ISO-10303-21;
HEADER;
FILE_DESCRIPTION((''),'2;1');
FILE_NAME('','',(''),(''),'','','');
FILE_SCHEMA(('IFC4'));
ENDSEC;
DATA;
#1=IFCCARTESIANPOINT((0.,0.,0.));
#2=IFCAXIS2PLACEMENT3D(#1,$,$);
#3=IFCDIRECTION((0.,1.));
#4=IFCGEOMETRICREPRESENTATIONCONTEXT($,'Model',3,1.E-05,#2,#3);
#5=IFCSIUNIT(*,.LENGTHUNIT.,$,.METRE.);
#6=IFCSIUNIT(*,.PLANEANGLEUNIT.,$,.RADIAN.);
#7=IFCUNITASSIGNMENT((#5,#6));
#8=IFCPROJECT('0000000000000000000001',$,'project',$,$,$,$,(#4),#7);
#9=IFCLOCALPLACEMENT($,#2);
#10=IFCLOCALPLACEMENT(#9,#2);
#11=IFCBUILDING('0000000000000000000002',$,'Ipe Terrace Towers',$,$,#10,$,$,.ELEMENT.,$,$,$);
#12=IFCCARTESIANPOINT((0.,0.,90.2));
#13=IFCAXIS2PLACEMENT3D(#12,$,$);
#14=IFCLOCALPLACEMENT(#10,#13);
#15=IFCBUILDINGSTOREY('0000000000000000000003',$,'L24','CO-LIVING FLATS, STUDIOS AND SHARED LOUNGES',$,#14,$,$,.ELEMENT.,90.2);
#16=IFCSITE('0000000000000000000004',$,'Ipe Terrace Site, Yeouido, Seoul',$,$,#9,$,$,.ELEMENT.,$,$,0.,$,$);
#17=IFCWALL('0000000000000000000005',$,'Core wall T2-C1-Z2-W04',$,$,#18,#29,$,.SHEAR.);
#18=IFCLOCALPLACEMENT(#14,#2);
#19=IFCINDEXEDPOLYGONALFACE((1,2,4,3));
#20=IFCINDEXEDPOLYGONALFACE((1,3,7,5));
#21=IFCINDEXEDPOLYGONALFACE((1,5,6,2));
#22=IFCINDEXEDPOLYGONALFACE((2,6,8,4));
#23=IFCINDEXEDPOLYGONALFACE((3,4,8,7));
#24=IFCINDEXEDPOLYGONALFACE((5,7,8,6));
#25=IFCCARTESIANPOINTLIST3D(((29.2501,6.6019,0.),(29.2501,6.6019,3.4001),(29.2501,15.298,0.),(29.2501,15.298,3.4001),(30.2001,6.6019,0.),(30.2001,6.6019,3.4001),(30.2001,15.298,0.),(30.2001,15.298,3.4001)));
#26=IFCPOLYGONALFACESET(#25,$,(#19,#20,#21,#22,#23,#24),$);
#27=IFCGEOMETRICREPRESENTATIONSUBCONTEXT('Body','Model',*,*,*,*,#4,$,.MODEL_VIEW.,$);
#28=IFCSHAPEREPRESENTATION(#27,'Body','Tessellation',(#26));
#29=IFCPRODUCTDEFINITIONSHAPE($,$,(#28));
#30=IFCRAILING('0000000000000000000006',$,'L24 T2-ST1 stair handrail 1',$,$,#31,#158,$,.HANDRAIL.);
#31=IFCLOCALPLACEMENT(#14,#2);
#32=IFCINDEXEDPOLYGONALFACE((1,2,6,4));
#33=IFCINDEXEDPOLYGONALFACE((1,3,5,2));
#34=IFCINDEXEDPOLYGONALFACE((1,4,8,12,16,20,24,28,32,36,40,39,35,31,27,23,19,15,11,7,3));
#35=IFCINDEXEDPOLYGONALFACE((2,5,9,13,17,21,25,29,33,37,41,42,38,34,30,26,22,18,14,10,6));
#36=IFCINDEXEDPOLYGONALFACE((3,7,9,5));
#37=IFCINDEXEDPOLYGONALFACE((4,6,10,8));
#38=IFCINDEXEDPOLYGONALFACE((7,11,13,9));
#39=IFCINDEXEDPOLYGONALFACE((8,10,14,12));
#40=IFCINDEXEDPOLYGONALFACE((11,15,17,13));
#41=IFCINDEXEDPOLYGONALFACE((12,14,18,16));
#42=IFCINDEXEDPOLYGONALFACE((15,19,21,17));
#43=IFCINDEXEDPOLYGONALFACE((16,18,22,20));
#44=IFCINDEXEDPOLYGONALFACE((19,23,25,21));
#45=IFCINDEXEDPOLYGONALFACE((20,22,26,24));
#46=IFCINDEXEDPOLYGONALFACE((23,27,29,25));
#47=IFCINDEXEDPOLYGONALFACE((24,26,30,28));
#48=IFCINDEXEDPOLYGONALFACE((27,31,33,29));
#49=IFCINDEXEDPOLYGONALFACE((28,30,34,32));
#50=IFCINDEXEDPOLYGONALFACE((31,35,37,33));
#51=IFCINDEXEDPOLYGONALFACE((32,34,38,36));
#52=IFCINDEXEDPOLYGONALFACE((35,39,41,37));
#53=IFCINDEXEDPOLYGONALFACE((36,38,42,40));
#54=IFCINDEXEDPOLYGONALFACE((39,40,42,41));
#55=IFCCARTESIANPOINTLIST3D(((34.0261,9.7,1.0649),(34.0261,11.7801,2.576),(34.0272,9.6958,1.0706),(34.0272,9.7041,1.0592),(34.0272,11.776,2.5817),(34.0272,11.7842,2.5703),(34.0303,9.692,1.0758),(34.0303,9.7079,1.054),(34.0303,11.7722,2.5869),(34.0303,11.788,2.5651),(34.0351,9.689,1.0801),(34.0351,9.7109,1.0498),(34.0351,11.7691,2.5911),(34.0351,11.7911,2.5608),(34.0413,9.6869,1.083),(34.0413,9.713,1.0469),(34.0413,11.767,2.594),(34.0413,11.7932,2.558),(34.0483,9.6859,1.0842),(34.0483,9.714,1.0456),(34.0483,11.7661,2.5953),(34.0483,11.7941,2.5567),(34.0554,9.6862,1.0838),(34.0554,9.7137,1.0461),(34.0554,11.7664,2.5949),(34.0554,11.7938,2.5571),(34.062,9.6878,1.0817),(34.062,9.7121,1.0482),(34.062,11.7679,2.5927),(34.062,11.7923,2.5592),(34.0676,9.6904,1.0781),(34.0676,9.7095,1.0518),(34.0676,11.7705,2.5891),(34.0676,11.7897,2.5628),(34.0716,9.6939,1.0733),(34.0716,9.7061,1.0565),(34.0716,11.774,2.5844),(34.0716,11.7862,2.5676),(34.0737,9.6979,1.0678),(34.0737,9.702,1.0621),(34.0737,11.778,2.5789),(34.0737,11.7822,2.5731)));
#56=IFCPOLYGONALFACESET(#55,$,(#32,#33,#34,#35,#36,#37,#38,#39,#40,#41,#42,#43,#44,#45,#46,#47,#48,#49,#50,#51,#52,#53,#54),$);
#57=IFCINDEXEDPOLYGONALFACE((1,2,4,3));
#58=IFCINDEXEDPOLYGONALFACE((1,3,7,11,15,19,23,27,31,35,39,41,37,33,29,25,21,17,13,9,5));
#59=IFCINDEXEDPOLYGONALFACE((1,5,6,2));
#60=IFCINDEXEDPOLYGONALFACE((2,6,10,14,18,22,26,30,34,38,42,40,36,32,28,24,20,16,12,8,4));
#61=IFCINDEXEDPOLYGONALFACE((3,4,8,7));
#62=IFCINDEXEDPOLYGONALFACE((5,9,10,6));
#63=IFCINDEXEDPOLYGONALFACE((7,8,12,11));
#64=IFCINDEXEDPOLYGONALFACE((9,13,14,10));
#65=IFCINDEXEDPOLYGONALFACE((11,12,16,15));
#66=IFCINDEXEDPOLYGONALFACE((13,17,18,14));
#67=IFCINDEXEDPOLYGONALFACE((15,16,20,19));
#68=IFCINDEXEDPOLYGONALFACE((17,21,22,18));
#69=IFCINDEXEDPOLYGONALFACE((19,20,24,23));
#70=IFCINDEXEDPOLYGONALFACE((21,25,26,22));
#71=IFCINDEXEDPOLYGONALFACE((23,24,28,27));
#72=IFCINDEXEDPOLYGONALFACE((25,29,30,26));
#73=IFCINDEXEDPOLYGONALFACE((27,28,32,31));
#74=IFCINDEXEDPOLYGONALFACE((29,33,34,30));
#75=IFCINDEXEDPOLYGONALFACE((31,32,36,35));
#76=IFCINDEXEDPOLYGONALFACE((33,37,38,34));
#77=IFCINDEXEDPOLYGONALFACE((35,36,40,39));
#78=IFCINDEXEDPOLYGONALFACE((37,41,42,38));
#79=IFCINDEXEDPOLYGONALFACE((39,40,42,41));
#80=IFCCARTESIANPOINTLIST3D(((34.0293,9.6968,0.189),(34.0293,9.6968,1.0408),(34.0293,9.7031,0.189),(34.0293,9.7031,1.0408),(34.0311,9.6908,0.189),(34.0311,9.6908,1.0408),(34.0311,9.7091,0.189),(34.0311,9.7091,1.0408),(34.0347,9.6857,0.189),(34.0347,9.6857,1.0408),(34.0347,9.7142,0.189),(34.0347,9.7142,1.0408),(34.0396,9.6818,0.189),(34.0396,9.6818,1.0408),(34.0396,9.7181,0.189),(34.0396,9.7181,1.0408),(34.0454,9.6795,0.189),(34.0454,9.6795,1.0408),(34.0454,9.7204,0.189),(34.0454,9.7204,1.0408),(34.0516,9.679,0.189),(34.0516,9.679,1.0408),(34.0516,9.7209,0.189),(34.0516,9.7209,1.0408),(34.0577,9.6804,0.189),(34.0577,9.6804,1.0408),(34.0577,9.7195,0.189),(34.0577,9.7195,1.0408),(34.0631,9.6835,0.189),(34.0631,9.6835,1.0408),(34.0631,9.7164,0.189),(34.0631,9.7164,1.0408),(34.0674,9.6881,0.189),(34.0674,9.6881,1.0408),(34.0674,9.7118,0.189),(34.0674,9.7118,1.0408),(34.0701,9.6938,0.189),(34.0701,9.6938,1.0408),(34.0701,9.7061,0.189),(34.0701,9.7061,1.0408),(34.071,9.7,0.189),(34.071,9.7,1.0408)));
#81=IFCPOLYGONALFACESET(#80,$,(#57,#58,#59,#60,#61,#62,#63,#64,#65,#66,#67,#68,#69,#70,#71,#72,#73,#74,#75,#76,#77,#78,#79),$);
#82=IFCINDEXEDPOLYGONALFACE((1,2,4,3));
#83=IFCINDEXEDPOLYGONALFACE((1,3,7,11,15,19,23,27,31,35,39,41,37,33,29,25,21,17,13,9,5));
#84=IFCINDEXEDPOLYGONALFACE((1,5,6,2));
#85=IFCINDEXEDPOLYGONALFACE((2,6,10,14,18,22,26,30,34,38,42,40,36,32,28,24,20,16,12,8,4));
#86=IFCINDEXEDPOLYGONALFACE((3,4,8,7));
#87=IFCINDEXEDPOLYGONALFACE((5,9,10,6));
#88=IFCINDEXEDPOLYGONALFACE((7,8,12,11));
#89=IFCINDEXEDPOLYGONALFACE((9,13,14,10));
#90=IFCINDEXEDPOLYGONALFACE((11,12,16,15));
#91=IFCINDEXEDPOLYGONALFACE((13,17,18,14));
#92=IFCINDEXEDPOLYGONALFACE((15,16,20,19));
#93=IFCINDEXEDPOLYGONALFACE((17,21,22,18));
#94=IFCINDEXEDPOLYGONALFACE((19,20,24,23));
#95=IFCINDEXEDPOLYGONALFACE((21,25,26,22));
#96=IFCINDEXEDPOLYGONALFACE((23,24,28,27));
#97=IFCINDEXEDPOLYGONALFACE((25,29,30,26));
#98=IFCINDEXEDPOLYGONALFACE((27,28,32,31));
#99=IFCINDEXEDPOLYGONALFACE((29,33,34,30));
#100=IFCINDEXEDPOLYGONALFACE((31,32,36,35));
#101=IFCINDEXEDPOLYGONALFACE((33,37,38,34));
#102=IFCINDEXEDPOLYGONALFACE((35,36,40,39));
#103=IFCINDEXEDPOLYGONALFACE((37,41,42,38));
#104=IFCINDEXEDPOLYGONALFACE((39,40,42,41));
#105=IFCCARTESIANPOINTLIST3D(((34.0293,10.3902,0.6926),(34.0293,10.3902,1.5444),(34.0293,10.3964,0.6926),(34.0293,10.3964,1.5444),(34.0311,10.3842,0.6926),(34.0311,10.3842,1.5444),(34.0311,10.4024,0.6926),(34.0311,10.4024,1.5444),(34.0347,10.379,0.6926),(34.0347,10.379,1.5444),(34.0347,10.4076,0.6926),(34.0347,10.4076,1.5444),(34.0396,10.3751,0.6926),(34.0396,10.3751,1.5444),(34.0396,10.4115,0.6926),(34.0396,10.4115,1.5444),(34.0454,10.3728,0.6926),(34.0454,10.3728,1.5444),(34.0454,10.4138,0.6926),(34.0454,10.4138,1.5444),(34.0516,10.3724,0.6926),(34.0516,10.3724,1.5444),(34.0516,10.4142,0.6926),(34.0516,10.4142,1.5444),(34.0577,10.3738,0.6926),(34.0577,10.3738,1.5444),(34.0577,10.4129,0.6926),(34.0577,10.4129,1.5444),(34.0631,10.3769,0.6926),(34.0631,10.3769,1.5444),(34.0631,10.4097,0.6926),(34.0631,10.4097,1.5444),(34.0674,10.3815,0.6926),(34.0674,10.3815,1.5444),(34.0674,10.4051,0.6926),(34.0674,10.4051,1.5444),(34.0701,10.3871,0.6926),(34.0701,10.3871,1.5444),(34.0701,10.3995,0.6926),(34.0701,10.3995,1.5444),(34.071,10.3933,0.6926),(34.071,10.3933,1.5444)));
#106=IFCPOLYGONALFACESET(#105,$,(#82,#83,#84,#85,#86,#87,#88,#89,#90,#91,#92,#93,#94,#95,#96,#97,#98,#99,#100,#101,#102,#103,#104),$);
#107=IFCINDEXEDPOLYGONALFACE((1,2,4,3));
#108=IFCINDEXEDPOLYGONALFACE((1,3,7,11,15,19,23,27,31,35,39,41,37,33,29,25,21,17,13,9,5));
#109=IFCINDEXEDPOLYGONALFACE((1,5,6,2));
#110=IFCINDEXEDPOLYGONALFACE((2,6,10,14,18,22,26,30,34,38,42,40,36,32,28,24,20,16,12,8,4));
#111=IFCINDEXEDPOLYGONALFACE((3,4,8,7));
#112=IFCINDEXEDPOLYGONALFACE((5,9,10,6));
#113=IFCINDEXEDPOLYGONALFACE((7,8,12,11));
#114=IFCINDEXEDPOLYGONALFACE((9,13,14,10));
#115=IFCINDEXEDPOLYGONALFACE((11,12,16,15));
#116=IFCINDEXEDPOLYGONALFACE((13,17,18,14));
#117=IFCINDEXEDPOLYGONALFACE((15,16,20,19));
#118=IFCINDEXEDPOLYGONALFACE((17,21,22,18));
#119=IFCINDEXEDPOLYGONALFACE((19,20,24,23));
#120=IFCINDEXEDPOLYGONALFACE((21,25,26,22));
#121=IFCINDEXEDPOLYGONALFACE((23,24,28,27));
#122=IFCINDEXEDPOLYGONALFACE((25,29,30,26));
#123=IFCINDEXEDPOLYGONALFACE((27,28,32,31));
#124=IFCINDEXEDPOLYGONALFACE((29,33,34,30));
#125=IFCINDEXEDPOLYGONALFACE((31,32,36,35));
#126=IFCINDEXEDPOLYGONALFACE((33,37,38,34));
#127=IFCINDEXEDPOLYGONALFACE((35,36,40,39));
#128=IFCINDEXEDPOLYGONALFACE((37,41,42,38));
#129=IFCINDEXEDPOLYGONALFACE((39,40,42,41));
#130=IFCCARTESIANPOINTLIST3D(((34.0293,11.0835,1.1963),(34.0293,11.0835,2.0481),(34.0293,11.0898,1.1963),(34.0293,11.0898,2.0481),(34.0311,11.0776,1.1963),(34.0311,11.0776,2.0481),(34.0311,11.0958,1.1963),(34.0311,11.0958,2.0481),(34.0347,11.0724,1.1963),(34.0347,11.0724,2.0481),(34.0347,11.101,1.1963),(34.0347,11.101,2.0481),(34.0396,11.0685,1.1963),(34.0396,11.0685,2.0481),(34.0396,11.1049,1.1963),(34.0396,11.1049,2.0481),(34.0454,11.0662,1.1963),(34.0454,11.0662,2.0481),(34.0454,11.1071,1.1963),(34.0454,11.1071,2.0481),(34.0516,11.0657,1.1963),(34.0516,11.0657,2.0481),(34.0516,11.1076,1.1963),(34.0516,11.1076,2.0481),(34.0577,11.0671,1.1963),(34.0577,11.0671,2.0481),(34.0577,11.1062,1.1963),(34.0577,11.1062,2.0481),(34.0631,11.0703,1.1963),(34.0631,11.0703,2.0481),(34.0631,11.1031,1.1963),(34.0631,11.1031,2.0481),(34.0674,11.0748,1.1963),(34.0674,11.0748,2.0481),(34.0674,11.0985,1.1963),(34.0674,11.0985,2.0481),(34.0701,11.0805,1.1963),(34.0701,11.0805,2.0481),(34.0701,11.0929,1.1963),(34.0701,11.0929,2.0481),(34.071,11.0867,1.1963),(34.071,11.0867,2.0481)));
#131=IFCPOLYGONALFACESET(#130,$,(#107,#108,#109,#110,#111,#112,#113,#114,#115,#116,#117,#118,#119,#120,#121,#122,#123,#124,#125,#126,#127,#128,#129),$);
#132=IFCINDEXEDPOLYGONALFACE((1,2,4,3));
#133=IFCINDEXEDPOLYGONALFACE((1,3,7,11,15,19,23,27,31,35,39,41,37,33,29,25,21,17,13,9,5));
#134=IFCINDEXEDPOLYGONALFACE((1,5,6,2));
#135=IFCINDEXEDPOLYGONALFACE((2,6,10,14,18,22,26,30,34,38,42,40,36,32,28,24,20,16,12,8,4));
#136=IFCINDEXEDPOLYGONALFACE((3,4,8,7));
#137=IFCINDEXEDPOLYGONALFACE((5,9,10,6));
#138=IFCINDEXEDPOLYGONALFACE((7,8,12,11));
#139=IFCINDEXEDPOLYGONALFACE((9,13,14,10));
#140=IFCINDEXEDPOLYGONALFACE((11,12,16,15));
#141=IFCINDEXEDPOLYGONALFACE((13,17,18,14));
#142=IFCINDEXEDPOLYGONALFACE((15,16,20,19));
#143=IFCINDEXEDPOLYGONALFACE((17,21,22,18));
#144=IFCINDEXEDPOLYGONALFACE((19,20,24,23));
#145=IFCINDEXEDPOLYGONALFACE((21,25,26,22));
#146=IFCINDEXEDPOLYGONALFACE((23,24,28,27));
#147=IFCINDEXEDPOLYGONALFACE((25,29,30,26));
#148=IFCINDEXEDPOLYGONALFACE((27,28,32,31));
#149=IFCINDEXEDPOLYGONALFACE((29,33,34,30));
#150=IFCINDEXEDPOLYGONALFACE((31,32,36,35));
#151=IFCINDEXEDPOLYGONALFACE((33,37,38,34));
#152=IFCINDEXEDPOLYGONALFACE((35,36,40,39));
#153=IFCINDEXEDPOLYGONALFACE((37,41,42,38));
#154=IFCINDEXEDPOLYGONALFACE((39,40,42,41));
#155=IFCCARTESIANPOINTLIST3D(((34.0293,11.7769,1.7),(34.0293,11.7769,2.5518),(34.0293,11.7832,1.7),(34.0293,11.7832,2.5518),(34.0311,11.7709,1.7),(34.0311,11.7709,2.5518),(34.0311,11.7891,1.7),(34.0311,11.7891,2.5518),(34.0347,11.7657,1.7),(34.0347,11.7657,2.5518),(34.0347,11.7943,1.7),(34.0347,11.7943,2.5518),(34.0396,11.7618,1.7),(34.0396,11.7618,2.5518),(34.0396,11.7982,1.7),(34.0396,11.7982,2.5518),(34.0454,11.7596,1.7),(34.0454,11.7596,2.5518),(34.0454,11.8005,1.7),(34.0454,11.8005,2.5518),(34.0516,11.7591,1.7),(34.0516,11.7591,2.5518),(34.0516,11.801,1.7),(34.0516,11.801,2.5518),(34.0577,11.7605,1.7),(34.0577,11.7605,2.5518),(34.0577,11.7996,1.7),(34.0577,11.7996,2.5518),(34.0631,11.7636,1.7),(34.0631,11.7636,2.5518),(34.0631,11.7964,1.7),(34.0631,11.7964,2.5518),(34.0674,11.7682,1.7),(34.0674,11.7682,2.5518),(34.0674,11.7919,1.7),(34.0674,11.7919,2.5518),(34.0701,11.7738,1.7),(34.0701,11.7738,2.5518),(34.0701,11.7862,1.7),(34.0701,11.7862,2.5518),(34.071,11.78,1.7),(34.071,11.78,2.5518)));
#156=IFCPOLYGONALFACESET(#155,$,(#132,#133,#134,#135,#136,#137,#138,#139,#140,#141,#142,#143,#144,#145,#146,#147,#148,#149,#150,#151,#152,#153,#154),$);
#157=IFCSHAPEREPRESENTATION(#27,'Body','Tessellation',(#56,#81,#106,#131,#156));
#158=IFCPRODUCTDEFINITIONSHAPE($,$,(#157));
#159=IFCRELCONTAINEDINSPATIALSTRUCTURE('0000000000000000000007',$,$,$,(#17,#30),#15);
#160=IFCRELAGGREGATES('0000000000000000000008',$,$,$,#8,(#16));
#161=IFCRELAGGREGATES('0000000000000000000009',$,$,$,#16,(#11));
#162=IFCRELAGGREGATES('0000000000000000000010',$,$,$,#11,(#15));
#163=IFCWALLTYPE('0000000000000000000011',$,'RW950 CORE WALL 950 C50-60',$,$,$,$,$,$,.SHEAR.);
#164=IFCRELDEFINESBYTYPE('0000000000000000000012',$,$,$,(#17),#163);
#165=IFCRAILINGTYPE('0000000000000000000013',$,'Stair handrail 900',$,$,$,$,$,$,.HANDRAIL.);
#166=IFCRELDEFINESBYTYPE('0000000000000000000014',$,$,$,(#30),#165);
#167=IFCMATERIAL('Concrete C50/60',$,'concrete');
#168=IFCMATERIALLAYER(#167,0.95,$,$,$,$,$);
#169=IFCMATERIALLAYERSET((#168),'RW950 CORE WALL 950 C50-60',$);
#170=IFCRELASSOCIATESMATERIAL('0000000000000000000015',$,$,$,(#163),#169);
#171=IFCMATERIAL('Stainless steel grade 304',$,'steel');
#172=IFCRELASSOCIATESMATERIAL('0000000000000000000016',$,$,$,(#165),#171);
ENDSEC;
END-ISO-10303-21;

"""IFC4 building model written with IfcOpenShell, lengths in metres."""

from ifc_helpers import new_model, si_unit, direction, frame, frame_2d, origin, origin_2d, place, context, subcontext, project, spatial, rectangle, circle, extrude, material, layer, layer_set, type_object, element, save


model = new_model("IFC4")

# Units and contexts
model_context = context("Model", 3, precision=1e-05, world=origin(), true_north=direction((0.0, 1.0)))
body_context = subcontext(model_context, "Body", "Model", "MODEL_VIEW")
ifc_project = project(units=[si_unit("LENGTHUNIT", "METRE"), si_unit("PLANEANGLEUNIT", "RADIAN")], contexts=[model_context])

# Site, building, storey
site_placement = place(None, origin())
site = spatial("IfcSite", under=ifc_project, at=site_placement, Name="Ipe Terrace Site, Yeouido, Seoul", CompositionType="ELEMENT", RefElevation=0.0)
building_placement = place(site_placement, origin())
building = spatial("IfcBuilding", under=site, at=building_placement, Name="Ipe Terrace Towers", CompositionType="ELEMENT")
storey_placement = place(building_placement, frame((0.0, 0.0, 90.2)))
storey = spatial("IfcBuildingStorey", under=building, at=storey_placement, Name="L24", Description="CO-LIVING FLATS, STUDIOS AND SHARED LOUNGES", CompositionType="ELEMENT", Elevation=90.2)

# Shared definitions
ifc_material_1 = material(Name="Concrete C50/60", Category="concrete")
ifc_layer_1 = layer(ifc_material_1, 0.95)
ifc_layer_set_1 = layer_set([ifc_layer_1], Name="RW950 CORE WALL 950 C50-60")
wall_type_1 = type_object("IfcWallType", Name="RW950 CORE WALL 950 C50-60", PredefinedType="SHEAR", material=ifc_layer_set_1)

# Wall
wall_1_placement = place(storey_placement, frame((29.7251, 15.2981, 0.0), z_axis=(0.0, 0.0, 1.0), x_axis=(0.0, -1.0, 0.0)))
element("IfcWall", 1, at=wall_1_placement, inside=storey, type_object=wall_type_1, Name="Core wall T2-C1-Z2-W04", PredefinedType="SHEAR", context=body_context, shape_type="SweptSolid", body=[
    extrude(rectangle(XDim=8.696, YDim=0.95, at=frame_2d((4.3481, 0.0))), origin(), (0.0, 0.0, 1.0), 3.4001),
])

# Railing
ifc_material_2 = material(Name="Stainless steel grade 304", Category="steel")
railing_type_1 = type_object("IfcRailingType", Name="Stair handrail 900", PredefinedType="HANDRAIL", material=ifc_material_2)
railing_1_placement = place(storey_placement, frame((34.05, 9.7, 0.189)))
element("IfcRailing", 2, at=railing_1_placement, inside=storey, type_object=railing_type_1, Name="L24 T2-ST1 stair handrail 1", PredefinedType="HANDRAIL", context=body_context, shape_type="SweptSolid", body=[
    extrude(circle(Radius=0.0239, at=origin_2d()), frame((0.0, 0.0, 0.876), z_axis=(0.0, 0.809069, 0.587714), x_axis=(-1.0, 0.0, 0.0)), (0.0, 0.0, 1.0), 2.571),
    extrude(circle(Radius=0.021, at=origin_2d()), origin(), (0.0, 0.0, 1.0), 0.8518),
    extrude(circle(Radius=0.021, at=origin_2d()), frame((0.0, 0.6934, 0.5037)), (0.0, 0.0, 1.0), 0.8518),
    extrude(circle(Radius=0.021, at=origin_2d()), frame((0.0, 1.3867, 1.0073)), (0.0, 0.0, 1.0), 0.8518),
    extrude(circle(Radius=0.021, at=origin_2d()), frame((0.0, 2.0801, 1.511)), (0.0, 0.0, 1.0), 0.8518),
])

save(model, "model.ifc")
